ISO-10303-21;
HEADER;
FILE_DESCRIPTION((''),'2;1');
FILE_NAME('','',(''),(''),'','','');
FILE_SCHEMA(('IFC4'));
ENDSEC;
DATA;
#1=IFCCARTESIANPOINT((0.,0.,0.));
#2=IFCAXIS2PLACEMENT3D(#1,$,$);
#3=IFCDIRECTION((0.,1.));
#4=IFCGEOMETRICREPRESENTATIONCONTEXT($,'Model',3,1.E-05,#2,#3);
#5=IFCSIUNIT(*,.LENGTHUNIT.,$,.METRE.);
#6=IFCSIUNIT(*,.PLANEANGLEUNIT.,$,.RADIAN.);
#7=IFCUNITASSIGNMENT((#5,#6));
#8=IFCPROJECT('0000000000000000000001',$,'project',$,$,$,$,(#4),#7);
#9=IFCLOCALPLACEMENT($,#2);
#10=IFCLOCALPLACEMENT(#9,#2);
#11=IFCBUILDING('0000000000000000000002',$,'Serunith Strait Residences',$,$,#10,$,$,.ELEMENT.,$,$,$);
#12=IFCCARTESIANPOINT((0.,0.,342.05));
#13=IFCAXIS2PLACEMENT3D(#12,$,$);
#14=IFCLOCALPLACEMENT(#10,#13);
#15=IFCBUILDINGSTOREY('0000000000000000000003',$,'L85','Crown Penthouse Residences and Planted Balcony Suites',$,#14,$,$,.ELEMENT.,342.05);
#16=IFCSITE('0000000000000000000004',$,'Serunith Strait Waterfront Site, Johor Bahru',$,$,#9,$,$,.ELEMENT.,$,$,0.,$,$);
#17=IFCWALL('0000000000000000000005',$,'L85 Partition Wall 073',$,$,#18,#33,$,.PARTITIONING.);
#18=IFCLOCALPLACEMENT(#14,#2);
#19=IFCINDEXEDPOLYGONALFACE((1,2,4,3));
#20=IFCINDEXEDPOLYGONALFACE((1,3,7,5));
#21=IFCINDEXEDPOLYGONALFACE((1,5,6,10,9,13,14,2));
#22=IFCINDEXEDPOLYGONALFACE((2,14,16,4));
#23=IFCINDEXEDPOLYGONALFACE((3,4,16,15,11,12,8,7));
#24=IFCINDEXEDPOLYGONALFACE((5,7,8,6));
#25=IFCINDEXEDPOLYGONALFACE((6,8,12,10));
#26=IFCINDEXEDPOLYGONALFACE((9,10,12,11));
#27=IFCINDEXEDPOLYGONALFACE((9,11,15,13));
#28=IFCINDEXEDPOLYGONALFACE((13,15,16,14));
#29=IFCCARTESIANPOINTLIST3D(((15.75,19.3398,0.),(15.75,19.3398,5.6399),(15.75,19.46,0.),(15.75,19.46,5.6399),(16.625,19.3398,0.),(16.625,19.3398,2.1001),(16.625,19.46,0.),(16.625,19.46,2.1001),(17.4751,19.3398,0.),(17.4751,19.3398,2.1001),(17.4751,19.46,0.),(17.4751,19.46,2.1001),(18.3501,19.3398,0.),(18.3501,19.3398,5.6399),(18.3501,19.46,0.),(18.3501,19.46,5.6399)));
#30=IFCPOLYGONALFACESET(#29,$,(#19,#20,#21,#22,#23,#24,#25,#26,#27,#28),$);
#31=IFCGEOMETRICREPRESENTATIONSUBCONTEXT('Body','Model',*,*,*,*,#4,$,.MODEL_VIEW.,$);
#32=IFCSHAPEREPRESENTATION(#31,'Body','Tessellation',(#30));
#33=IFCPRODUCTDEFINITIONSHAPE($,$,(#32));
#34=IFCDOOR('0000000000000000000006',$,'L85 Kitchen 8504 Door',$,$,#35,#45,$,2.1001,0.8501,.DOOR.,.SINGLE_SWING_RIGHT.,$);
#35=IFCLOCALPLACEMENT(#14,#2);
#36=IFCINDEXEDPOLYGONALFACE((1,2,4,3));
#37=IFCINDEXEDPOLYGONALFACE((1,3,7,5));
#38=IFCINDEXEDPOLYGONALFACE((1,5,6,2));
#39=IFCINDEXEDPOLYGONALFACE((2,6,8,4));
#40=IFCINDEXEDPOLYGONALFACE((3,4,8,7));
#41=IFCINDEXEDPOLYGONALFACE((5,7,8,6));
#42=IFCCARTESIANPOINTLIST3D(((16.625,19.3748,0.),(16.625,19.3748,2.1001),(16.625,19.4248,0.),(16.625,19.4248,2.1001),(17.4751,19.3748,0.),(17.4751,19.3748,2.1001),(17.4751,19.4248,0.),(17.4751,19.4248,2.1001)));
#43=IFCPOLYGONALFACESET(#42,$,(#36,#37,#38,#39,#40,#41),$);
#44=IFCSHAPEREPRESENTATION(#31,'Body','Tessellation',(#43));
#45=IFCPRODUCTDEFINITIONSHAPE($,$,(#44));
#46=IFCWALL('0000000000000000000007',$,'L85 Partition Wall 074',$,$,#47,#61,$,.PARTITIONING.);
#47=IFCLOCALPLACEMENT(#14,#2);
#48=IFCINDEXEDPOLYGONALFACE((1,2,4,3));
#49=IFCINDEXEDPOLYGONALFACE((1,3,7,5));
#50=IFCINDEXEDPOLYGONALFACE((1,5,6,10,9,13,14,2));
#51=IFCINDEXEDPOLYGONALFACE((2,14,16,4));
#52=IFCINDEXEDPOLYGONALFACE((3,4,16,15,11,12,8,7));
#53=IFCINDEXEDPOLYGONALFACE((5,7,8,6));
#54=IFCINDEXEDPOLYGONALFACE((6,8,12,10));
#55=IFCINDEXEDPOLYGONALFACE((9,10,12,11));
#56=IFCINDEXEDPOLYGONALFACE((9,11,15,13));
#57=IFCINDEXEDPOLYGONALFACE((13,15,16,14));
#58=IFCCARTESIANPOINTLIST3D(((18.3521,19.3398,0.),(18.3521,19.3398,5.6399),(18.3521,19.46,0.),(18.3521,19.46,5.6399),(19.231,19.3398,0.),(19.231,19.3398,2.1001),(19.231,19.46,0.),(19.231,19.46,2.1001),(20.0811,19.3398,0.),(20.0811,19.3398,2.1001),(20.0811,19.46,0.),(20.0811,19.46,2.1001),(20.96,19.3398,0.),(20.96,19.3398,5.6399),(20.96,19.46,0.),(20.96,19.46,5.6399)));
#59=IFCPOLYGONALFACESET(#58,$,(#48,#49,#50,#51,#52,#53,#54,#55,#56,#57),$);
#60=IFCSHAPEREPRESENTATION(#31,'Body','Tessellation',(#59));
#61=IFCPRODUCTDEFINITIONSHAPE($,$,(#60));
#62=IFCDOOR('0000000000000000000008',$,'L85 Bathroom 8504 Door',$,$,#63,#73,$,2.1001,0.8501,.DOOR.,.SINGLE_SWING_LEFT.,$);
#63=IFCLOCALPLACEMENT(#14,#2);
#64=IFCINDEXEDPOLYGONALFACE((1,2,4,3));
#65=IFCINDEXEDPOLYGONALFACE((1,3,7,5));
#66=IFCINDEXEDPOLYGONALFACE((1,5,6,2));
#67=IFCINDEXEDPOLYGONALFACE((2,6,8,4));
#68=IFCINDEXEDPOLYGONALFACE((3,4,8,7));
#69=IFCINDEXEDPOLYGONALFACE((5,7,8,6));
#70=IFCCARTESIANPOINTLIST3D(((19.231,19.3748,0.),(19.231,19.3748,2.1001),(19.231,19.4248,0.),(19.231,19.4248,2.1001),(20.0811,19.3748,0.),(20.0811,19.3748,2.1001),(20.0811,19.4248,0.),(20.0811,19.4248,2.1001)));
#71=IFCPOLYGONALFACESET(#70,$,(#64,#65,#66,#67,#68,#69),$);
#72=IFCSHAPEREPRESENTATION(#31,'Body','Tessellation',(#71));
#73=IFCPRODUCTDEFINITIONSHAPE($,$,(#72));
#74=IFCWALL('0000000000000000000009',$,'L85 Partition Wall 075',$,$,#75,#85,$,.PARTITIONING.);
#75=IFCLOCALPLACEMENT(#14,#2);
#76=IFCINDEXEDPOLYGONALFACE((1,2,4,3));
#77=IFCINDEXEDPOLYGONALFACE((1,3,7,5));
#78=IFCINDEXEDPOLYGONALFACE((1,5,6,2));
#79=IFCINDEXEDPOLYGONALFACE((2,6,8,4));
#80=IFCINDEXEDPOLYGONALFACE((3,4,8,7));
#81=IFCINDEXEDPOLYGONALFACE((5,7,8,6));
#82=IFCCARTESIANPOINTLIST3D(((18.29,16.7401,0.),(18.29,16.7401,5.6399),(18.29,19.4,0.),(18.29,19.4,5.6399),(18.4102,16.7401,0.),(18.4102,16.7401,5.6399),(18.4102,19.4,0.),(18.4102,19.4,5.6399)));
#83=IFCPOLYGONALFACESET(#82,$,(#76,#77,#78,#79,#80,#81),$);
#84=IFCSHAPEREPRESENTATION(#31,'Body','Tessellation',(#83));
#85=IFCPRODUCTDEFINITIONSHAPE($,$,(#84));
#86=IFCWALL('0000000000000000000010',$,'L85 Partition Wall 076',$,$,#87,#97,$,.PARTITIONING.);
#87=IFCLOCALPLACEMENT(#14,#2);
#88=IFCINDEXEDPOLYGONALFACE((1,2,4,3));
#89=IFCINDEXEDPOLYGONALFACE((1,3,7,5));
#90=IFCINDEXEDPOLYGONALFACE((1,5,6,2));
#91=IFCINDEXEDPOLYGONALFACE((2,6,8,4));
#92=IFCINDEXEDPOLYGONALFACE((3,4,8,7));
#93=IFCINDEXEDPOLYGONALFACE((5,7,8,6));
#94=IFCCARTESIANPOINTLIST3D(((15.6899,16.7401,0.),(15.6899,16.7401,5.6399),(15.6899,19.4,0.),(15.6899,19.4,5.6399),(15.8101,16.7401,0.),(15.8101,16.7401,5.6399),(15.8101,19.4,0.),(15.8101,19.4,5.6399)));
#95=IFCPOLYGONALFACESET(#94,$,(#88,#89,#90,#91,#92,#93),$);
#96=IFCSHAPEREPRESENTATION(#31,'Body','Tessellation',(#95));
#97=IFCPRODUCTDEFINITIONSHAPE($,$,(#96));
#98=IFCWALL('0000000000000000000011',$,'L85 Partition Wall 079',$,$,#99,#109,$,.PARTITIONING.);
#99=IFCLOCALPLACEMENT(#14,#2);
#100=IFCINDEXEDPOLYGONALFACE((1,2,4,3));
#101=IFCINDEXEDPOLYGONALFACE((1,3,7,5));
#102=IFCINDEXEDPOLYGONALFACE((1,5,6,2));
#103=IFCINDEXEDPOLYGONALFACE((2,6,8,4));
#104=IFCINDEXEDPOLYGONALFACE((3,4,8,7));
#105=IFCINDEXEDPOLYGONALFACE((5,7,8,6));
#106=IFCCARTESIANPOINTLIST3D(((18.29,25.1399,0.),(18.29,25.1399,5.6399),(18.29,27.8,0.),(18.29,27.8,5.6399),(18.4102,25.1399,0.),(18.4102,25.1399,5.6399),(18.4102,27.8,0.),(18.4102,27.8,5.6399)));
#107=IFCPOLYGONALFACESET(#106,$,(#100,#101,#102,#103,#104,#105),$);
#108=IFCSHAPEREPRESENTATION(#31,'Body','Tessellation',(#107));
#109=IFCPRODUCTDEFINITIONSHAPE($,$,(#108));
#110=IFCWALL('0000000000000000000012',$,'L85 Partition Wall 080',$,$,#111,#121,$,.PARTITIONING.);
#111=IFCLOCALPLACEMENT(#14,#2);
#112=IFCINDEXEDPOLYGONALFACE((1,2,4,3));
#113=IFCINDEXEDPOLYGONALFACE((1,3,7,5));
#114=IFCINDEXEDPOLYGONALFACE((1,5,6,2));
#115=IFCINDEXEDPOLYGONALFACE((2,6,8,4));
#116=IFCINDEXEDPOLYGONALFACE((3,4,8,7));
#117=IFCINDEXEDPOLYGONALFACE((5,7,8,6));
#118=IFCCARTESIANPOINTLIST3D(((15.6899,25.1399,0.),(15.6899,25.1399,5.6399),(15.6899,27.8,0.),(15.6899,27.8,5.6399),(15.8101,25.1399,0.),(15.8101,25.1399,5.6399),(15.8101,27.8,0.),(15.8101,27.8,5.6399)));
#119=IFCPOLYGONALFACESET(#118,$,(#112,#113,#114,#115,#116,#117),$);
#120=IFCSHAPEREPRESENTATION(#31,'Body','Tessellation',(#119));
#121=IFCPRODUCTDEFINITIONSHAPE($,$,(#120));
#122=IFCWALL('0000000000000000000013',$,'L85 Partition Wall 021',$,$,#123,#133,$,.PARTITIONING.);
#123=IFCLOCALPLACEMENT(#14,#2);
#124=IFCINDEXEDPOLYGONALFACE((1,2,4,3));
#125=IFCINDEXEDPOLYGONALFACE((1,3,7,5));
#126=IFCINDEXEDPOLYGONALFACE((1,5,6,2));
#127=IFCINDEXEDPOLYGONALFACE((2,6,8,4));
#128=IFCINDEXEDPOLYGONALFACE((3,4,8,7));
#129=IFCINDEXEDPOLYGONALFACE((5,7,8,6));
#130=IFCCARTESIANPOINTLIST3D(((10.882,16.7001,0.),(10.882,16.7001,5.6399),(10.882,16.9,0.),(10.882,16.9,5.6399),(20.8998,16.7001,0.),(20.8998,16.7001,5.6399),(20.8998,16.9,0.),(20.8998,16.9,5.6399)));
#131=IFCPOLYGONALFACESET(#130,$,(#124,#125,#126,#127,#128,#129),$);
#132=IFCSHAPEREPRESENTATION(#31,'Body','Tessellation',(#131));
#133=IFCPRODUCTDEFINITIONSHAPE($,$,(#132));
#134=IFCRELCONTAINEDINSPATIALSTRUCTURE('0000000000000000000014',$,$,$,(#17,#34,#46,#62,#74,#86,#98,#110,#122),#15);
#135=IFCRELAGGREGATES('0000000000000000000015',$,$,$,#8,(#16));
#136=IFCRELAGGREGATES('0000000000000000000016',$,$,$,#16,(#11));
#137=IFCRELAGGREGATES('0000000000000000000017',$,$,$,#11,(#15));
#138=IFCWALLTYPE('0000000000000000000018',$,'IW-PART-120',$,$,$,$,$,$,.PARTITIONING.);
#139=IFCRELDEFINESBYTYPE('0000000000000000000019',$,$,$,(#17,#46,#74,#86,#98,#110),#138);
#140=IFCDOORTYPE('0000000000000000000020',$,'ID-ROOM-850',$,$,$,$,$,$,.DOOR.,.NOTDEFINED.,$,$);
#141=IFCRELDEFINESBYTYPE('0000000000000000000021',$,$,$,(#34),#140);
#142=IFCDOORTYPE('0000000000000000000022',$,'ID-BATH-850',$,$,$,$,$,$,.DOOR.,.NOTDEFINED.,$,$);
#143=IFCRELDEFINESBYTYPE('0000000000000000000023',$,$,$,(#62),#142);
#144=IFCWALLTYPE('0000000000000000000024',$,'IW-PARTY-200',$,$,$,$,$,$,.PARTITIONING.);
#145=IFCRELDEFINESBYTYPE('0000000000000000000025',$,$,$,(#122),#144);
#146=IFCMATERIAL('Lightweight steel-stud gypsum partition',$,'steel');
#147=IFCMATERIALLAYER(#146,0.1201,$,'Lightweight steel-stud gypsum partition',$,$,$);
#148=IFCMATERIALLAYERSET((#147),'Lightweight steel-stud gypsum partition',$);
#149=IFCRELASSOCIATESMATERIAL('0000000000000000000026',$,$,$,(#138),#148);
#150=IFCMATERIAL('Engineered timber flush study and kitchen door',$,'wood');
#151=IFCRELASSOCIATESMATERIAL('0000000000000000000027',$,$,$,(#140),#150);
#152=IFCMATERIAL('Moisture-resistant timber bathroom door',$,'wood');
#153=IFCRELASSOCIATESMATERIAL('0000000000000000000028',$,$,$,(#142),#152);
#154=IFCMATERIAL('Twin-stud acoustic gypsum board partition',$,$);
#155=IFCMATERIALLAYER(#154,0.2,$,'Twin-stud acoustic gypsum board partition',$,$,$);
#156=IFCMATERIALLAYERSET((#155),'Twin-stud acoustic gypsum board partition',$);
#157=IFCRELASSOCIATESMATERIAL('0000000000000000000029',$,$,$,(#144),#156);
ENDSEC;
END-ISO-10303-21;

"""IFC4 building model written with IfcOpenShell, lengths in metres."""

from ifc_helpers import new_model, si_unit, direction, frame, frame_2d, origin, place, context, subcontext, project, spatial, rectangle, extrude, source, transform, mapped, material, layer, layer_set, type_object, element, fill, save


model = new_model("IFC4")

# Units and contexts
model_context = context("Model", 3, precision=1e-05, world=origin(), true_north=direction((0.0, 1.0)))
body_context = subcontext(model_context, "Body", "Model", "MODEL_VIEW")
ifc_project = project(units=[si_unit("LENGTHUNIT", "METRE"), si_unit("PLANEANGLEUNIT", "RADIAN")], contexts=[model_context])

# Site, building, storey
site_placement = place(None, origin())
site = spatial("IfcSite", under=ifc_project, at=site_placement, Name="Serunith Strait Waterfront Site, Johor Bahru", CompositionType="ELEMENT", RefElevation=0.0)
building_placement = place(site_placement, origin())
building = spatial("IfcBuilding", under=site, at=building_placement, Name="Serunith Strait Residences", CompositionType="ELEMENT")
storey_placement = place(building_placement, frame((0.0, 0.0, 342.05)))
storey = spatial("IfcBuildingStorey", under=building, at=storey_placement, Name="L85", Description="Crown Penthouse Residences and Planted Balcony Suites", CompositionType="ELEMENT", Elevation=342.05)

# Walls, openings, doors
ifc_material_1 = material(Name="Lightweight steel-stud gypsum partition", Category="steel")
ifc_layer_1 = layer(ifc_material_1, 0.1201, Name="Lightweight steel-stud gypsum partition")
ifc_layer_set_1 = layer_set([ifc_layer_1], Name="Lightweight steel-stud gypsum partition")
wall_type_1 = type_object("IfcWallType", Name="IW-PART-120", PredefinedType="PARTITIONING", material=ifc_layer_set_1)
wall_1_placement = place(storey_placement, frame((15.75, 19.3999, 0.0), z_axis=(0.0, 0.0, 1.0), x_axis=(1.0, 0.0, 0.0)))
wall_1 = element("IfcWall", 1, at=wall_1_placement, inside=storey, type_object=wall_type_1, Name="L85 Partition Wall 073", PredefinedType="PARTITIONING", context=body_context, shape_type="SweptSolid", body=[
    extrude(rectangle(XDim=2.6001, YDim=0.1201, at=frame_2d((1.3, 0.0))), origin(), (0.0, 0.0, 1.0), 5.6399),
])
opening_1_placement = place(wall_1_placement, frame((0.875, 0.0, 0.0)))
opening_1 = element("IfcOpeningElement", 2, at=opening_1_placement, cuts=wall_1, PredefinedType="OPENING", context=body_context, shape_type="SweptSolid", body=[
    extrude(rectangle(XDim=0.8501, YDim=2.1001, at=frame_2d((0.425, 1.05))), frame((0.0, 0.0701, 0.0), z_axis=(0.0, -1.0, 0.0), x_axis=(1.0, 0.0, 0.0)), (0.0, 0.0, 1.0), 0.1401),
])
ifc_material_2 = material(Name="Engineered timber flush study and kitchen door", Category="wood")
door_type_1 = type_object("IfcDoorType", Name="ID-ROOM-850", OperationType="NOTDEFINED", PredefinedType="DOOR", material=ifc_material_2)
shared_shape_1 = source(origin(), body_context, "Body", "SweptSolid", [
    extrude(rectangle(XDim=0.8501, YDim=2.1001, at=frame_2d((0.425, 1.05))), frame((0.0, 0.0249, 0.0), z_axis=(0.0, -1.0, 0.0), x_axis=(1.0, 0.0, 0.0)), (0.0, 0.0, 1.0), 0.05),
])
door_1_placement = place(opening_1_placement, origin())
door_1 = element("IfcDoor", 3, at=door_1_placement, inside=storey, type_object=door_type_1, Name="L85 Kitchen 8504 Door", OperationType="SINGLE_SWING_RIGHT", OverallHeight=2.1001, OverallWidth=0.8501, PredefinedType="DOOR", context=body_context, shape_type="MappedRepresentation", body=[
    mapped(shared_shape_1, transform((0.0, 0.0, 0.0), scale=1.0)),
])
fill(opening_1, door_1)
wall_2_placement = place(storey_placement, frame((18.3521, 19.3999, 0.0), z_axis=(0.0, 0.0, 1.0), x_axis=(1.0, 0.0, 0.0)))
wall_2 = element("IfcWall", 4, at=wall_2_placement, inside=storey, type_object=wall_type_1, Name="L85 Partition Wall 074", PredefinedType="PARTITIONING", context=body_context, shape_type="SweptSolid", body=[
    extrude(rectangle(XDim=2.6079, YDim=0.1201, at=frame_2d((1.304, 0.0))), origin(), (0.0, 0.0, 1.0), 5.6399),
])
opening_2_placement = place(wall_2_placement, frame((0.8789, 0.0, 0.0)))
opening_2 = element("IfcOpeningElement", 5, at=opening_2_placement, cuts=wall_2, PredefinedType="OPENING", context=body_context, shape_type="SweptSolid", body=[
    extrude(rectangle(XDim=0.8501, YDim=2.1001, at=frame_2d((0.425, 1.05))), frame((0.0, 0.0701, 0.0), z_axis=(0.0, -1.0, 0.0), x_axis=(1.0, 0.0, 0.0)), (0.0, 0.0, 1.0), 0.1401),
])
ifc_material_3 = material(Name="Moisture-resistant timber bathroom door", Category="wood")
door_type_2 = type_object("IfcDoorType", Name="ID-BATH-850", OperationType="NOTDEFINED", PredefinedType="DOOR", material=ifc_material_3)
door_2_placement = place(opening_2_placement, origin())
door_2 = element("IfcDoor", 6, at=door_2_placement, inside=storey, type_object=door_type_2, Name="L85 Bathroom 8504 Door", OperationType="SINGLE_SWING_LEFT", OverallHeight=2.1001, OverallWidth=0.8501, PredefinedType="DOOR", context=body_context, shape_type="MappedRepresentation", body=[
    mapped(shared_shape_1, transform((0.0, 0.0, 0.0), scale=1.0)),
])
fill(opening_2, door_2)

# Walls
for number, where, z_axis, x_axis, name in (
    (7, (18.3501, 16.74, 0.0), (0.0, 0.0, 1.0), (0.0, 1.0, 0.0), "L85 Partition Wall 075"),
    (8, (15.75, 16.74, 0.0), (0.0, 0.0, 1.0), (0.0, 1.0, 0.0), "L85 Partition Wall 076"),
):
    element("IfcWall", number, at=place(storey_placement, frame(where, z_axis=z_axis, x_axis=x_axis)), inside=storey, type_object=wall_type_1, Name=name, PredefinedType="PARTITIONING", context=body_context, shape_type="SweptSolid", body=[
        extrude(rectangle(XDim=2.6599, YDim=0.1201, at=frame_2d((1.3301, 0.0))), origin(), (0.0, 0.0, 1.0), 5.6399),
    ])
for number, where, z_axis, x_axis, name in (
    (9, (18.3501, 25.1399, 0.0), (0.0, 0.0, 1.0), (0.0, 1.0, 0.0), "L85 Partition Wall 079"),
    (10, (15.75, 25.1399, 0.0), (0.0, 0.0, 1.0), (0.0, 1.0, 0.0), "L85 Partition Wall 080"),
):
    element("IfcWall", number, at=place(storey_placement, frame(where, z_axis=z_axis, x_axis=x_axis)), inside=storey, type_object=wall_type_1, Name=name, PredefinedType="PARTITIONING", context=body_context, shape_type="SweptSolid", body=[
        extrude(rectangle(XDim=2.6602, YDim=0.1201, at=frame_2d((1.3301, 0.0))), origin(), (0.0, 0.0, 1.0), 5.6399),
    ])
ifc_material_4 = material(Name="Twin-stud acoustic gypsum board partition")
ifc_layer_2 = layer(ifc_material_4, 0.2, Name="Twin-stud acoustic gypsum board partition")
ifc_layer_set_2 = layer_set([ifc_layer_2], Name="Twin-stud acoustic gypsum board partition")
wall_type_2 = type_object("IfcWallType", Name="IW-PARTY-200", PredefinedType="PARTITIONING", material=ifc_layer_set_2)
wall_3_placement = place(storey_placement, frame((10.8821, 16.8, 0.0), z_axis=(0.0, 0.0, 1.0), x_axis=(1.0, 0.0, 0.0)))
element("IfcWall", 11, at=wall_3_placement, inside=storey, type_object=wall_type_2, Name="L85 Partition Wall 021", PredefinedType="PARTITIONING", context=body_context, shape_type="SweptSolid", body=[
    extrude(rectangle(XDim=10.0178, YDim=0.2, at=frame_2d((5.0088, 0.0))), origin(), (0.0, 0.0, 1.0), 5.6399),
])

save(model, "model.ifc")
